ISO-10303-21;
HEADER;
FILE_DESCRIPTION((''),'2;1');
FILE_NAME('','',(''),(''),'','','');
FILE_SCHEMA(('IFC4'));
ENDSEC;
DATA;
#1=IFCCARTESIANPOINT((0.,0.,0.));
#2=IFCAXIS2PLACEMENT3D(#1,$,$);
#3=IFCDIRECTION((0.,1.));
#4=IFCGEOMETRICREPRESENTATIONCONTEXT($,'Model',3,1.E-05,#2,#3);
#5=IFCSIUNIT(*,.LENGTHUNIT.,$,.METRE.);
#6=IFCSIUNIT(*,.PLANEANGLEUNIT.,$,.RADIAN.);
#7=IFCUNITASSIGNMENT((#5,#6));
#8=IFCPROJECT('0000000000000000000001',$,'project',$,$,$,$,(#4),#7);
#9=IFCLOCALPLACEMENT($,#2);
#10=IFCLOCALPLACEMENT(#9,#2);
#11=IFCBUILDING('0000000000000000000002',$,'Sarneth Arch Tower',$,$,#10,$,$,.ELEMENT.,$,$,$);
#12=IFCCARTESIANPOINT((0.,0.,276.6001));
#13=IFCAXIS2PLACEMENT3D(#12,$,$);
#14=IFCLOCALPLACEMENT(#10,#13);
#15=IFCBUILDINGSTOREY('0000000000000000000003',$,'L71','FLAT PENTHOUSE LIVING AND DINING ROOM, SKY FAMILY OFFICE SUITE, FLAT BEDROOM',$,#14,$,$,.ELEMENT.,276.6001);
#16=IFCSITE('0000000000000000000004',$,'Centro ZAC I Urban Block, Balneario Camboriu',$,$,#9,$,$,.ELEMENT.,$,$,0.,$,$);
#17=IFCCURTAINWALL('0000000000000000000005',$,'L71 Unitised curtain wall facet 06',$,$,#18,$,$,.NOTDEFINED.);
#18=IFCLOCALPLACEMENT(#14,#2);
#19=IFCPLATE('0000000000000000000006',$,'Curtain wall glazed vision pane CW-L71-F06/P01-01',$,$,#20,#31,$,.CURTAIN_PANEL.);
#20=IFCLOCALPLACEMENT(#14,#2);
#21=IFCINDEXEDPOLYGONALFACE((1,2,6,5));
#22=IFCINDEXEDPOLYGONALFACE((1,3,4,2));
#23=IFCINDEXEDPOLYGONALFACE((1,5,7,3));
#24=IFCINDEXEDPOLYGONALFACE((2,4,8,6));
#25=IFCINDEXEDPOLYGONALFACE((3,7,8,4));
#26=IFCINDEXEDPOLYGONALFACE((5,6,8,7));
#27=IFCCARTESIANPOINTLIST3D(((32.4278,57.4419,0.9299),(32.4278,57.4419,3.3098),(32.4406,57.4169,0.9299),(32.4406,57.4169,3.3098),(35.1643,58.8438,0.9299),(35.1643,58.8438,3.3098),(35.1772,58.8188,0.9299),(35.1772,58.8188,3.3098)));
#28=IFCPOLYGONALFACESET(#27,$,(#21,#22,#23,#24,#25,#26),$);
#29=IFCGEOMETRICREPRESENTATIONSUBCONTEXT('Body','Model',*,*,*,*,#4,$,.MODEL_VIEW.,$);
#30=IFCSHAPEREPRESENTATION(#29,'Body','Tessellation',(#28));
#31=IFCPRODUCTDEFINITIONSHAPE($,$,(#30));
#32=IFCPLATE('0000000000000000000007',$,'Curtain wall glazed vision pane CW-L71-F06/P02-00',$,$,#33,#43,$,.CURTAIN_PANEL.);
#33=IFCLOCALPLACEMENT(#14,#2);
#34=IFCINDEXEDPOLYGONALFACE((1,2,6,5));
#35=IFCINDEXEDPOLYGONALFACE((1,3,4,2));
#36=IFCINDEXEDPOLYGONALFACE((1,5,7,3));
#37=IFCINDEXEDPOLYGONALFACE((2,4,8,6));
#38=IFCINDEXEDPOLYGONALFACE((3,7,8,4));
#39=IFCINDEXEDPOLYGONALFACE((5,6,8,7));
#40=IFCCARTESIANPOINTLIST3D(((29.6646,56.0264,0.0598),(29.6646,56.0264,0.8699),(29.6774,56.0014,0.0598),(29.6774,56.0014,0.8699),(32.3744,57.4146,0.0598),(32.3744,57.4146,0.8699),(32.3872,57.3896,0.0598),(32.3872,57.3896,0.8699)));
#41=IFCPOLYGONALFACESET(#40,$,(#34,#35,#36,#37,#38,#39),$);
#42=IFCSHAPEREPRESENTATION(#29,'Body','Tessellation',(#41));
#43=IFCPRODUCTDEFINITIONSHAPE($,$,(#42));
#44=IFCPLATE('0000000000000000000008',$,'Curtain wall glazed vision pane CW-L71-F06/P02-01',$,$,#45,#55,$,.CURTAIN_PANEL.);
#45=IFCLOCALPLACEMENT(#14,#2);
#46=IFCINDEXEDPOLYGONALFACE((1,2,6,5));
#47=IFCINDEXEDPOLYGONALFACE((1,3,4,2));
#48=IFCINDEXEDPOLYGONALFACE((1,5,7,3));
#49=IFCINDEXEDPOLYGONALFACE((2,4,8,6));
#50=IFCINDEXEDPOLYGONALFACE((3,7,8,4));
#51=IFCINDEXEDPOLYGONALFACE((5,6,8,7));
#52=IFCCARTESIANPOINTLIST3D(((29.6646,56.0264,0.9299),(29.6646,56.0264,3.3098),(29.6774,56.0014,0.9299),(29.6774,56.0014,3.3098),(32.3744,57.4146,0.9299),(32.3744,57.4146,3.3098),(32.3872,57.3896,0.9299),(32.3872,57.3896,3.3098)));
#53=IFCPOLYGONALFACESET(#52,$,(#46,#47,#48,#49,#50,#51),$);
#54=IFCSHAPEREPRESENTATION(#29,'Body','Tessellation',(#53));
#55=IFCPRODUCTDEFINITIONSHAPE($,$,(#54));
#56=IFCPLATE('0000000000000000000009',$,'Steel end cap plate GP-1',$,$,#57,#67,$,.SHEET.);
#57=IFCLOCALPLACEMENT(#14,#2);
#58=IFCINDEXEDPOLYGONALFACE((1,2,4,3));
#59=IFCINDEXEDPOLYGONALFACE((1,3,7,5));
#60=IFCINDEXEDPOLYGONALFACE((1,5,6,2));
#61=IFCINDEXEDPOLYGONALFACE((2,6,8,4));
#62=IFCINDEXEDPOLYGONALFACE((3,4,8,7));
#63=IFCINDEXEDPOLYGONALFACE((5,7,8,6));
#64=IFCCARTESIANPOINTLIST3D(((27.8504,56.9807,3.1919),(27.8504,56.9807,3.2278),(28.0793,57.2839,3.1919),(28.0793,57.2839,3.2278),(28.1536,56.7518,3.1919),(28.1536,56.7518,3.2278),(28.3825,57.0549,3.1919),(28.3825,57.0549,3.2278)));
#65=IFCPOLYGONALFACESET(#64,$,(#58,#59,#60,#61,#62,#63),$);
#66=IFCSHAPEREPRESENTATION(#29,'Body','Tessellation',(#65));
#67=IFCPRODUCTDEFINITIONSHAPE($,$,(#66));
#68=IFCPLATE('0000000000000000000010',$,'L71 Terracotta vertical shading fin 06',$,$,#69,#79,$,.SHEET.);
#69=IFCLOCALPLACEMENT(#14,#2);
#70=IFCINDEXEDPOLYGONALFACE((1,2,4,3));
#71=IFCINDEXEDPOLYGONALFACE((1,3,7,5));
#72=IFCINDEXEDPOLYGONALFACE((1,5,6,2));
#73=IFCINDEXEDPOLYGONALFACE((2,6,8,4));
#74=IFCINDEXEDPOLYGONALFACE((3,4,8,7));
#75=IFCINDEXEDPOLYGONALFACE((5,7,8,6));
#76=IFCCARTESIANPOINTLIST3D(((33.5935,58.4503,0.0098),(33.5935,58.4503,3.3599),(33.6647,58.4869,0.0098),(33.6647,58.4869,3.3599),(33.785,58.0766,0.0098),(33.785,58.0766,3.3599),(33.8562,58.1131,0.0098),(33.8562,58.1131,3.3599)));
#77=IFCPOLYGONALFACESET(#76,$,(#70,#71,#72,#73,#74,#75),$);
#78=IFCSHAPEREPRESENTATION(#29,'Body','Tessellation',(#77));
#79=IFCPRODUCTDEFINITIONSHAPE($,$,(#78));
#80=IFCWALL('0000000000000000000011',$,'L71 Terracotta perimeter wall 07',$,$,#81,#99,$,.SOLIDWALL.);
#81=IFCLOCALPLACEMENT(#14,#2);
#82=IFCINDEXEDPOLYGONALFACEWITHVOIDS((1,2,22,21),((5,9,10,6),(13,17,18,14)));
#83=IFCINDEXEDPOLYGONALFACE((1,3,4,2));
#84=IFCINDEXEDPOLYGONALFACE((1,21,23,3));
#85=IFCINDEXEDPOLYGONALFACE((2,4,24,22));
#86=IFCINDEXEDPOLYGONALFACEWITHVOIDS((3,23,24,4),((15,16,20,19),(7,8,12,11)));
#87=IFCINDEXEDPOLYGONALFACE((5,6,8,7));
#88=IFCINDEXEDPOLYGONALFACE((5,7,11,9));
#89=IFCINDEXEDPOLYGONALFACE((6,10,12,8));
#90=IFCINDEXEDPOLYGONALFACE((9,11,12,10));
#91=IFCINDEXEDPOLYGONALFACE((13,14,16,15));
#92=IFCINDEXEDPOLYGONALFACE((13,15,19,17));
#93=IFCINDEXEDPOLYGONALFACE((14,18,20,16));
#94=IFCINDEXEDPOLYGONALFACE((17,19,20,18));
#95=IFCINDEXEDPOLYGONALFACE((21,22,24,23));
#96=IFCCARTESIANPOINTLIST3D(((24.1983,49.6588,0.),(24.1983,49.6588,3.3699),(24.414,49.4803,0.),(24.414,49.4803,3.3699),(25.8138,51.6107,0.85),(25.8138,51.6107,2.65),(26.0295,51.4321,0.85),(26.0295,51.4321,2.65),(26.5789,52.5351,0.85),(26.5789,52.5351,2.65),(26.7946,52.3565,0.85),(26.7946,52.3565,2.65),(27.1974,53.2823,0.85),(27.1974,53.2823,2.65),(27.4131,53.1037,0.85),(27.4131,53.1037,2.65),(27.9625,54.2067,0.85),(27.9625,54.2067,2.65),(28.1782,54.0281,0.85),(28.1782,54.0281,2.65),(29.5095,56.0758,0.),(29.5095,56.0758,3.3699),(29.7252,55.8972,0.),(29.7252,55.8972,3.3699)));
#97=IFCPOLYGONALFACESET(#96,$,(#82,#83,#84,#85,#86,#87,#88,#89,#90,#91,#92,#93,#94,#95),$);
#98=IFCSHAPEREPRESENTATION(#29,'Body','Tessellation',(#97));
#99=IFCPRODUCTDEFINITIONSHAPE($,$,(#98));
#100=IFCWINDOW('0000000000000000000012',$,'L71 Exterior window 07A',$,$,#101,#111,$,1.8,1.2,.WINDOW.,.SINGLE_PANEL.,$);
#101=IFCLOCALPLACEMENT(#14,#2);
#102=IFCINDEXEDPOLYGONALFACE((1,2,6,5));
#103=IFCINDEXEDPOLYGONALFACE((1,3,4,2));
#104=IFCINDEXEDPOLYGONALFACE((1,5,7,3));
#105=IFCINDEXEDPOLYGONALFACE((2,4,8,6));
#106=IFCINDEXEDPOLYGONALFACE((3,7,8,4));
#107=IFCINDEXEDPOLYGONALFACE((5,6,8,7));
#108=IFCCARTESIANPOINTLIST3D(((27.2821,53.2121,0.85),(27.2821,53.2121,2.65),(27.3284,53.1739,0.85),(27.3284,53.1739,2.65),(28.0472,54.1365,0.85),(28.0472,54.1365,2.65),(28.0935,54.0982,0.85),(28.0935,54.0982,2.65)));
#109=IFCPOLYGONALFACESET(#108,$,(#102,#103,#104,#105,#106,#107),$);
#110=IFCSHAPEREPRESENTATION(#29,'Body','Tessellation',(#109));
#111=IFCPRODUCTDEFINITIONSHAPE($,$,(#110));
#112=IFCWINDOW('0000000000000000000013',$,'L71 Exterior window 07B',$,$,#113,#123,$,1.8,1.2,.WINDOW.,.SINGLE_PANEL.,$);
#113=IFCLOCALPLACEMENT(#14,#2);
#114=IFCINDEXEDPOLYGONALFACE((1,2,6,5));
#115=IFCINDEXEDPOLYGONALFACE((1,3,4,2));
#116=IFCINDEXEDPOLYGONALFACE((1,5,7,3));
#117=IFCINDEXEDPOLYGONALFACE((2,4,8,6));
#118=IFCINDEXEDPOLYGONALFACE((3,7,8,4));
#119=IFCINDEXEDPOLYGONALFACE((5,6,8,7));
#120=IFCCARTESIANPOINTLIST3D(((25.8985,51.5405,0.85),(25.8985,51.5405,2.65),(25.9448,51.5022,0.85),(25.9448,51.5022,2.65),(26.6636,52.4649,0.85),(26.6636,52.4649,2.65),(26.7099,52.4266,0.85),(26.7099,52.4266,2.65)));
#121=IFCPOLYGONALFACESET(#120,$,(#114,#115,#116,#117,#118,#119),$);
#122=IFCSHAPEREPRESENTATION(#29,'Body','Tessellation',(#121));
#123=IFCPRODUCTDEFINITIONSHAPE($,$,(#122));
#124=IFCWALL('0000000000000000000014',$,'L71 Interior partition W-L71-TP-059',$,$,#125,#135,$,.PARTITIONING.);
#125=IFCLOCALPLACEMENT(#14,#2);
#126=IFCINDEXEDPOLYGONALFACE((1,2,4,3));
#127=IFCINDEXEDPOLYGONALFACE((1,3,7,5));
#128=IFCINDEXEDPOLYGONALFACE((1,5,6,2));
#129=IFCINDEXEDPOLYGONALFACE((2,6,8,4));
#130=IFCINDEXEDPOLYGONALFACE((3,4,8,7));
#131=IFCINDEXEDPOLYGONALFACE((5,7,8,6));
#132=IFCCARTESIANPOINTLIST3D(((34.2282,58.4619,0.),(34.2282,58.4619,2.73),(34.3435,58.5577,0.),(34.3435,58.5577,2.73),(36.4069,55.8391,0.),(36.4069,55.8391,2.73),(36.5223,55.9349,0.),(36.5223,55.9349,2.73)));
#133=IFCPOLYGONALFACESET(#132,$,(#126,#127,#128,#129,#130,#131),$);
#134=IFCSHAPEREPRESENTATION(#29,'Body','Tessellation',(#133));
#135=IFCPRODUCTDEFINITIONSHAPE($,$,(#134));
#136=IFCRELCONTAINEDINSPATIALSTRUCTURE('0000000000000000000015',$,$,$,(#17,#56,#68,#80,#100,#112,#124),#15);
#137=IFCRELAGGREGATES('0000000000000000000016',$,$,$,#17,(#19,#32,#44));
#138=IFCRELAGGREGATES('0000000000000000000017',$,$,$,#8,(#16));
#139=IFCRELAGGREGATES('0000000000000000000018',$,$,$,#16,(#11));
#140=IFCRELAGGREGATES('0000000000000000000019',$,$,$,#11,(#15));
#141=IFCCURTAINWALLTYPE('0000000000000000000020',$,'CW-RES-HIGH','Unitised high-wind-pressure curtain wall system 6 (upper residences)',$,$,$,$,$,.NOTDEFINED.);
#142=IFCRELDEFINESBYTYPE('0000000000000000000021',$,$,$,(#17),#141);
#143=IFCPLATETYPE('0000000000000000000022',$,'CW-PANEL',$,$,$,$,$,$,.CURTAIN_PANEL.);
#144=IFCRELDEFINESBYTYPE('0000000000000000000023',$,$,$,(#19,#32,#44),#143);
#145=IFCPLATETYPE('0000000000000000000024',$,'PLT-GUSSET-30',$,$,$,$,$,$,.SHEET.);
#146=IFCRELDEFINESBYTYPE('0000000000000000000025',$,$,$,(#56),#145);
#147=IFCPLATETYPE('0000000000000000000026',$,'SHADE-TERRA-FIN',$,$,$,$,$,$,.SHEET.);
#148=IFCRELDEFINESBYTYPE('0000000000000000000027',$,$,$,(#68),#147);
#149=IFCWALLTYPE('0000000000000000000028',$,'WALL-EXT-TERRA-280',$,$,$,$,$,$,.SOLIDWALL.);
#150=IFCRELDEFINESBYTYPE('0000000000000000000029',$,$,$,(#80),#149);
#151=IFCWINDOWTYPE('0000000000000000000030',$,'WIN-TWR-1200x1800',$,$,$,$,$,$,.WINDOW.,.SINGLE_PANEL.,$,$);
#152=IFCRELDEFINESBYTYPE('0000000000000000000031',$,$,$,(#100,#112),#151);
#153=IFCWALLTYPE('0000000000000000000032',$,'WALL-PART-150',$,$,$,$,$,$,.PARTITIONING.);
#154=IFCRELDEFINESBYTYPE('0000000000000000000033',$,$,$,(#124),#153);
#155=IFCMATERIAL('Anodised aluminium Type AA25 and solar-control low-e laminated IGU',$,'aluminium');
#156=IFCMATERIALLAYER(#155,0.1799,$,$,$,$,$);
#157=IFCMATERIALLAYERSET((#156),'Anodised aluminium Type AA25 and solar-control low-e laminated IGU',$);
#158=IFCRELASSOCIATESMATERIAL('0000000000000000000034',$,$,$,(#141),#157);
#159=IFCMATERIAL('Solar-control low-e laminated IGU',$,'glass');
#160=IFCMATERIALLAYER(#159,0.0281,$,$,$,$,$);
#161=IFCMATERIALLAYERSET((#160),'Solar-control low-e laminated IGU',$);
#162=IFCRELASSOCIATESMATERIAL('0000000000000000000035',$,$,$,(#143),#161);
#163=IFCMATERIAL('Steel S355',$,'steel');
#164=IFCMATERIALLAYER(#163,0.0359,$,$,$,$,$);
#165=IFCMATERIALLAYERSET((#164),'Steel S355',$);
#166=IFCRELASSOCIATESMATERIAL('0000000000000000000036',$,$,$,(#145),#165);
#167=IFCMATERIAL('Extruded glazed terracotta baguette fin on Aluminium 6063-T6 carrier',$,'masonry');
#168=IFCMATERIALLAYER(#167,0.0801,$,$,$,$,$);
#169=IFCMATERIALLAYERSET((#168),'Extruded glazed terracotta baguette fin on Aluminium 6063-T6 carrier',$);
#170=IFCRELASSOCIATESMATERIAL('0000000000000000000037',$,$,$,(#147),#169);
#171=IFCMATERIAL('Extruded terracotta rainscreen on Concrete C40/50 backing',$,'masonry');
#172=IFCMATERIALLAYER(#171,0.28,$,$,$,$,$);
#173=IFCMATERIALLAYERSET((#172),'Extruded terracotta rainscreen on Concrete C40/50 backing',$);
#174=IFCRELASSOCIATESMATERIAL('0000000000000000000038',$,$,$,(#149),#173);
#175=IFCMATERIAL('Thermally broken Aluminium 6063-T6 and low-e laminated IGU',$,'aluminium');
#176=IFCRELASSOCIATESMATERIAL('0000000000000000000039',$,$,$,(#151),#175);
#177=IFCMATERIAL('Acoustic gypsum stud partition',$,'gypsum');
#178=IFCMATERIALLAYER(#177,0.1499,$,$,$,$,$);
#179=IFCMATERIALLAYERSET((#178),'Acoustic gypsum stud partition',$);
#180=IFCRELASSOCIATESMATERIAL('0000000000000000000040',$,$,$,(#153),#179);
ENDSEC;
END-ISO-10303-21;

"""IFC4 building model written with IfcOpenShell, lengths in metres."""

from ifc_helpers import new_model, si_unit, direction, frame, frame_2d, origin, origin_2d, place, context, subcontext, project, spatial, rectangle, extrude, material, layer, layer_set, type_object, element, fill, aggregate, save


model = new_model("IFC4")

# Units and contexts
model_context = context("Model", 3, precision=1e-05, world=origin(), true_north=direction((0.0, 1.0)))
body_context = subcontext(model_context, "Body", "Model", "MODEL_VIEW")
ifc_project = project(units=[si_unit("LENGTHUNIT", "METRE"), si_unit("PLANEANGLEUNIT", "RADIAN")], contexts=[model_context])

# Site, building, storey
site_placement = place(None, origin())
site = spatial("IfcSite", under=ifc_project, at=site_placement, Name="Centro ZAC I Urban Block, Balneario Camboriu", CompositionType="ELEMENT", RefElevation=0.0)
building_placement = place(site_placement, origin())
building = spatial("IfcBuilding", under=site, at=building_placement, Name="Sarneth Arch Tower", CompositionType="ELEMENT")
storey_placement = place(building_placement, frame((0.0, 0.0, 276.6001)))
storey = spatial("IfcBuildingStorey", under=building, at=storey_placement, Name="L71", Description="FLAT PENTHOUSE LIVING AND DINING ROOM, SKY FAMILY OFFICE SUITE, FLAT BEDROOM", CompositionType="ELEMENT", Elevation=276.6001)

# Curtain wall
ifc_material_1 = material(Name="Anodised aluminium Type AA25 and solar-control low-e laminated IGU", Category="aluminium")
ifc_layer_1 = layer(ifc_material_1, 0.1799)
ifc_layer_set_1 = layer_set([ifc_layer_1], Name="Anodised aluminium Type AA25 and solar-control low-e laminated IGU")
curtain_wall_type = type_object("IfcCurtainWallType", Name="CW-RES-HIGH", Description="Unitised high-wind-pressure curtain wall system 6 (upper residences)", PredefinedType="NOTDEFINED", material=ifc_layer_set_1)
curtain_wall_placement = place(storey_placement, origin())
curtain_wall = element("IfcCurtainWall", 1, at=curtain_wall_placement, inside=storey, type_object=curtain_wall_type, Name="L71 Unitised curtain wall facet 06", PredefinedType="NOTDEFINED")

# Plates
ifc_material_2 = material(Name="Solar-control low-e laminated IGU", Category="glass")
ifc_layer_2 = layer(ifc_material_2, 0.0281)
ifc_layer_set_2 = layer_set([ifc_layer_2], Name="Solar-control low-e laminated IGU")
plate_type_1 = type_object("IfcPlateType", Name="CW-PANEL", PredefinedType="CURTAIN_PANEL", material=ifc_layer_set_2)
plate_1_placement = place(storey_placement, frame((33.8025, 58.1304, 0.9299), z_axis=(0.0, 0.0, 1.0), x_axis=(-0.89001, -0.455942, 0.0)))
plate_1 = element("IfcPlate", 2, at=plate_1_placement, type_object=plate_type_1, Name="Curtain wall glazed vision pane CW-L71-F06/P01-01", PredefinedType="CURTAIN_PANEL", context=body_context, shape_type="SweptSolid", body=[
    extrude(rectangle(XDim=3.0747, YDim=0.0281, at=origin_2d()), origin(), (0.0, 0.0, 1.0), 2.3799),
])
plate_2_placement = place(storey_placement, frame((31.0259, 56.708, 0.0598), z_axis=(0.0, 0.0, 1.0), x_axis=(-0.89001, -0.455942, 0.0)))
plate_2 = element("IfcPlate", 3, at=plate_2_placement, type_object=plate_type_1, Name="Curtain wall glazed vision pane CW-L71-F06/P02-00", PredefinedType="CURTAIN_PANEL", context=body_context, shape_type="SweptSolid", body=[
    extrude(rectangle(XDim=3.0447, YDim=0.0281, at=origin_2d()), origin(), (0.0, 0.0, 1.0), 0.8101),
])
plate_3_placement = place(storey_placement, frame((31.0259, 56.708, 0.9299), z_axis=(0.0, 0.0, 1.0), x_axis=(-0.89001, -0.455942, 0.0)))
plate_3 = element("IfcPlate", 4, at=plate_3_placement, type_object=plate_type_1, Name="Curtain wall glazed vision pane CW-L71-F06/P02-01", PredefinedType="CURTAIN_PANEL", context=body_context, shape_type="SweptSolid", body=[
    extrude(rectangle(XDim=3.0447, YDim=0.0281, at=origin_2d()), origin(), (0.0, 0.0, 1.0), 2.3799),
])
aggregate(curtain_wall, [plate_1, plate_2, plate_3])

# Plates
ifc_material_3 = material(Name="Steel S355", Category="steel")
ifc_layer_3 = layer(ifc_material_3, 0.0359)
ifc_layer_set_3 = layer_set([ifc_layer_3], Name="Steel S355")
plate_type_2 = type_object("IfcPlateType", Name="PLT-GUSSET-30", PredefinedType="SHEET", material=ifc_layer_set_3)
plate_4_placement = place(storey_placement, frame((28.1165, 57.0178, 3.1919), z_axis=(0.0, 0.0, 1.0), x_axis=(-0.798005, 0.602651, 0.0)))
element("IfcPlate", 5, at=plate_4_placement, inside=storey, type_object=plate_type_2, Name="Steel end cap plate GP-1", PredefinedType="SHEET", context=body_context, shape_type="SweptSolid", body=[
    extrude(rectangle(XDim=0.3799, YDim=0.3799, at=origin_2d()), origin(), (0.0, 0.0, 1.0), 0.0359),
])
ifc_material_4 = material(Name="Extruded glazed terracotta baguette fin on Aluminium 6063-T6 carrier", Category="masonry")
ifc_layer_4 = layer(ifc_material_4, 0.0801)
ifc_layer_set_4 = layer_set([ifc_layer_4], Name="Extruded glazed terracotta baguette fin on Aluminium 6063-T6 carrier")
plate_type_3 = type_object("IfcPlateType", Name="SHADE-TERRA-FIN", PredefinedType="SHEET", material=ifc_layer_set_4)
plate_5_placement = place(storey_placement, frame((33.7249, 58.2817, 0.0098), z_axis=(0.0, 0.0, 1.0), x_axis=(-0.456011, 0.889974, 0.0)))
element("IfcPlate", 6, at=plate_5_placement, inside=storey, type_object=plate_type_3, Name="L71 Terracotta vertical shading fin 06", PredefinedType="SHEET", context=body_context, shape_type="SweptSolid", body=[
    extrude(rectangle(XDim=0.4199, YDim=0.0801, at=origin_2d()), origin(), (0.0, 0.0, 1.0), 3.3501),
])

# Wall, openings, windows
ifc_material_5 = material(Name="Extruded terracotta rainscreen on Concrete C40/50 backing", Category="masonry")
ifc_layer_5 = layer(ifc_material_5, 0.28)
ifc_layer_set_5 = layer_set([ifc_layer_5], Name="Extruded terracotta rainscreen on Concrete C40/50 backing")
wall_type_1 = type_object("IfcWallType", Name="WALL-EXT-TERRA-280", PredefinedType="SOLIDWALL", material=ifc_layer_set_5)
wall_1_placement = place(storey_placement, frame((29.6174, 55.9866, 0.0), z_axis=(0.0, 0.0, 1.0), x_axis=(-0.637615, -0.770355, 0.0)))
wall_1 = element("IfcWall", 7, at=wall_1_placement, inside=storey, type_object=wall_type_1, Name="L71 Terracotta perimeter wall 07", PredefinedType="SOLIDWALL", context=body_context, shape_type="SweptSolid", body=[
    extrude(rectangle(XDim=8.3298, YDim=0.28, at=frame_2d((4.165, 0.0))), origin(), (0.0, 0.0, 1.0), 3.3699),
])
opening_1_placement = place(wall_1_placement, frame((2.4263, 0.0, 0.8501)))
opening_1 = element("IfcOpeningElement", 8, at=opening_1_placement, cuts=wall_1, PredefinedType="OPENING", context=body_context, shape_type="SweptSolid", body=[
    extrude(rectangle(XDim=1.2, YDim=1.8, at=frame_2d((0.6001, 0.8999))), frame((0.0, 0.1499, 0.0), z_axis=(0.0, -1.0, 0.0), x_axis=(1.0, 0.0, 0.0)), (0.0, 0.0, 1.0), 0.3),
])
opening_2_placement = place(wall_1_placement, frame((4.5962, 0.0, 0.8501)))
opening_2 = element("IfcOpeningElement", 9, at=opening_2_placement, cuts=wall_1, PredefinedType="OPENING", context=body_context, shape_type="SweptSolid", body=[
    extrude(rectangle(XDim=1.2, YDim=1.8, at=frame_2d((0.6001, 0.8999))), frame((0.0, 0.1499, 0.0), z_axis=(0.0, -1.0, 0.0), x_axis=(1.0, 0.0, 0.0)), (0.0, 0.0, 1.0), 0.3),
])
ifc_material_6 = material(Name="Thermally broken Aluminium 6063-T6 and low-e laminated IGU", Category="aluminium")
window_type = type_object("IfcWindowType", Name="WIN-TWR-1200x1800", PartitioningType="SINGLE_PANEL", PredefinedType="WINDOW", material=ifc_material_6)
window_1_placement = place(opening_1_placement, origin())
window_1 = element("IfcWindow", 10, at=window_1_placement, inside=storey, type_object=window_type, Name="L71 Exterior window 07A", OverallHeight=1.8, OverallWidth=1.2, PartitioningType="SINGLE_PANEL", PredefinedType="WINDOW", context=body_context, shape_type="SweptSolid", body=[
    extrude(rectangle(XDim=1.2, YDim=1.8, at=frame_2d((0.6001, 0.8999))), frame((0.0, 0.03, 0.0), z_axis=(0.0, -1.0, 0.0), x_axis=(1.0, 0.0, 0.0)), (0.0, 0.0, 1.0), 0.0601),
])
fill(opening_1, window_1)
window_2_placement = place(opening_2_placement, origin())
window_2 = element("IfcWindow", 11, at=window_2_placement, inside=storey, type_object=window_type, Name="L71 Exterior window 07B", OverallHeight=1.8, OverallWidth=1.2, PartitioningType="SINGLE_PANEL", PredefinedType="WINDOW", context=body_context, shape_type="SweptSolid", body=[
    extrude(rectangle(XDim=1.2, YDim=1.8, at=frame_2d((0.6001, 0.8999))), frame((0.0, 0.03, 0.0), z_axis=(0.0, -1.0, 0.0), x_axis=(1.0, 0.0, 0.0)), (0.0, 0.0, 1.0), 0.0601),
])
fill(opening_2, window_2)

# Wall
ifc_material_7 = material(Name="Acoustic gypsum stud partition", Category="gypsum")
ifc_layer_6 = layer(ifc_material_7, 0.1499)
ifc_layer_set_6 = layer_set([ifc_layer_6], Name="Acoustic gypsum stud partition")
wall_type_2 = type_object("IfcWallType", Name="WALL-PART-150", PredefinedType="PARTITIONING", material=ifc_layer_set_6)
wall_2_placement = place(storey_placement, frame((36.4646, 55.887, 0.0), z_axis=(0.0, 0.0, 1.0), x_axis=(-0.638979, 0.769224, 0.0)))
element("IfcWall", 12, at=wall_2_placement, inside=storey, type_object=wall_type_2, Name="L71 Interior partition W-L71-TP-059", PredefinedType="PARTITIONING", context=body_context, shape_type="SweptSolid", body=[
    extrude(rectangle(XDim=3.4097, YDim=0.1499, at=frame_2d((1.7048, 0.0))), origin(), (0.0, 0.0, 1.0), 2.73),
])

save(model, "model.ifc")
